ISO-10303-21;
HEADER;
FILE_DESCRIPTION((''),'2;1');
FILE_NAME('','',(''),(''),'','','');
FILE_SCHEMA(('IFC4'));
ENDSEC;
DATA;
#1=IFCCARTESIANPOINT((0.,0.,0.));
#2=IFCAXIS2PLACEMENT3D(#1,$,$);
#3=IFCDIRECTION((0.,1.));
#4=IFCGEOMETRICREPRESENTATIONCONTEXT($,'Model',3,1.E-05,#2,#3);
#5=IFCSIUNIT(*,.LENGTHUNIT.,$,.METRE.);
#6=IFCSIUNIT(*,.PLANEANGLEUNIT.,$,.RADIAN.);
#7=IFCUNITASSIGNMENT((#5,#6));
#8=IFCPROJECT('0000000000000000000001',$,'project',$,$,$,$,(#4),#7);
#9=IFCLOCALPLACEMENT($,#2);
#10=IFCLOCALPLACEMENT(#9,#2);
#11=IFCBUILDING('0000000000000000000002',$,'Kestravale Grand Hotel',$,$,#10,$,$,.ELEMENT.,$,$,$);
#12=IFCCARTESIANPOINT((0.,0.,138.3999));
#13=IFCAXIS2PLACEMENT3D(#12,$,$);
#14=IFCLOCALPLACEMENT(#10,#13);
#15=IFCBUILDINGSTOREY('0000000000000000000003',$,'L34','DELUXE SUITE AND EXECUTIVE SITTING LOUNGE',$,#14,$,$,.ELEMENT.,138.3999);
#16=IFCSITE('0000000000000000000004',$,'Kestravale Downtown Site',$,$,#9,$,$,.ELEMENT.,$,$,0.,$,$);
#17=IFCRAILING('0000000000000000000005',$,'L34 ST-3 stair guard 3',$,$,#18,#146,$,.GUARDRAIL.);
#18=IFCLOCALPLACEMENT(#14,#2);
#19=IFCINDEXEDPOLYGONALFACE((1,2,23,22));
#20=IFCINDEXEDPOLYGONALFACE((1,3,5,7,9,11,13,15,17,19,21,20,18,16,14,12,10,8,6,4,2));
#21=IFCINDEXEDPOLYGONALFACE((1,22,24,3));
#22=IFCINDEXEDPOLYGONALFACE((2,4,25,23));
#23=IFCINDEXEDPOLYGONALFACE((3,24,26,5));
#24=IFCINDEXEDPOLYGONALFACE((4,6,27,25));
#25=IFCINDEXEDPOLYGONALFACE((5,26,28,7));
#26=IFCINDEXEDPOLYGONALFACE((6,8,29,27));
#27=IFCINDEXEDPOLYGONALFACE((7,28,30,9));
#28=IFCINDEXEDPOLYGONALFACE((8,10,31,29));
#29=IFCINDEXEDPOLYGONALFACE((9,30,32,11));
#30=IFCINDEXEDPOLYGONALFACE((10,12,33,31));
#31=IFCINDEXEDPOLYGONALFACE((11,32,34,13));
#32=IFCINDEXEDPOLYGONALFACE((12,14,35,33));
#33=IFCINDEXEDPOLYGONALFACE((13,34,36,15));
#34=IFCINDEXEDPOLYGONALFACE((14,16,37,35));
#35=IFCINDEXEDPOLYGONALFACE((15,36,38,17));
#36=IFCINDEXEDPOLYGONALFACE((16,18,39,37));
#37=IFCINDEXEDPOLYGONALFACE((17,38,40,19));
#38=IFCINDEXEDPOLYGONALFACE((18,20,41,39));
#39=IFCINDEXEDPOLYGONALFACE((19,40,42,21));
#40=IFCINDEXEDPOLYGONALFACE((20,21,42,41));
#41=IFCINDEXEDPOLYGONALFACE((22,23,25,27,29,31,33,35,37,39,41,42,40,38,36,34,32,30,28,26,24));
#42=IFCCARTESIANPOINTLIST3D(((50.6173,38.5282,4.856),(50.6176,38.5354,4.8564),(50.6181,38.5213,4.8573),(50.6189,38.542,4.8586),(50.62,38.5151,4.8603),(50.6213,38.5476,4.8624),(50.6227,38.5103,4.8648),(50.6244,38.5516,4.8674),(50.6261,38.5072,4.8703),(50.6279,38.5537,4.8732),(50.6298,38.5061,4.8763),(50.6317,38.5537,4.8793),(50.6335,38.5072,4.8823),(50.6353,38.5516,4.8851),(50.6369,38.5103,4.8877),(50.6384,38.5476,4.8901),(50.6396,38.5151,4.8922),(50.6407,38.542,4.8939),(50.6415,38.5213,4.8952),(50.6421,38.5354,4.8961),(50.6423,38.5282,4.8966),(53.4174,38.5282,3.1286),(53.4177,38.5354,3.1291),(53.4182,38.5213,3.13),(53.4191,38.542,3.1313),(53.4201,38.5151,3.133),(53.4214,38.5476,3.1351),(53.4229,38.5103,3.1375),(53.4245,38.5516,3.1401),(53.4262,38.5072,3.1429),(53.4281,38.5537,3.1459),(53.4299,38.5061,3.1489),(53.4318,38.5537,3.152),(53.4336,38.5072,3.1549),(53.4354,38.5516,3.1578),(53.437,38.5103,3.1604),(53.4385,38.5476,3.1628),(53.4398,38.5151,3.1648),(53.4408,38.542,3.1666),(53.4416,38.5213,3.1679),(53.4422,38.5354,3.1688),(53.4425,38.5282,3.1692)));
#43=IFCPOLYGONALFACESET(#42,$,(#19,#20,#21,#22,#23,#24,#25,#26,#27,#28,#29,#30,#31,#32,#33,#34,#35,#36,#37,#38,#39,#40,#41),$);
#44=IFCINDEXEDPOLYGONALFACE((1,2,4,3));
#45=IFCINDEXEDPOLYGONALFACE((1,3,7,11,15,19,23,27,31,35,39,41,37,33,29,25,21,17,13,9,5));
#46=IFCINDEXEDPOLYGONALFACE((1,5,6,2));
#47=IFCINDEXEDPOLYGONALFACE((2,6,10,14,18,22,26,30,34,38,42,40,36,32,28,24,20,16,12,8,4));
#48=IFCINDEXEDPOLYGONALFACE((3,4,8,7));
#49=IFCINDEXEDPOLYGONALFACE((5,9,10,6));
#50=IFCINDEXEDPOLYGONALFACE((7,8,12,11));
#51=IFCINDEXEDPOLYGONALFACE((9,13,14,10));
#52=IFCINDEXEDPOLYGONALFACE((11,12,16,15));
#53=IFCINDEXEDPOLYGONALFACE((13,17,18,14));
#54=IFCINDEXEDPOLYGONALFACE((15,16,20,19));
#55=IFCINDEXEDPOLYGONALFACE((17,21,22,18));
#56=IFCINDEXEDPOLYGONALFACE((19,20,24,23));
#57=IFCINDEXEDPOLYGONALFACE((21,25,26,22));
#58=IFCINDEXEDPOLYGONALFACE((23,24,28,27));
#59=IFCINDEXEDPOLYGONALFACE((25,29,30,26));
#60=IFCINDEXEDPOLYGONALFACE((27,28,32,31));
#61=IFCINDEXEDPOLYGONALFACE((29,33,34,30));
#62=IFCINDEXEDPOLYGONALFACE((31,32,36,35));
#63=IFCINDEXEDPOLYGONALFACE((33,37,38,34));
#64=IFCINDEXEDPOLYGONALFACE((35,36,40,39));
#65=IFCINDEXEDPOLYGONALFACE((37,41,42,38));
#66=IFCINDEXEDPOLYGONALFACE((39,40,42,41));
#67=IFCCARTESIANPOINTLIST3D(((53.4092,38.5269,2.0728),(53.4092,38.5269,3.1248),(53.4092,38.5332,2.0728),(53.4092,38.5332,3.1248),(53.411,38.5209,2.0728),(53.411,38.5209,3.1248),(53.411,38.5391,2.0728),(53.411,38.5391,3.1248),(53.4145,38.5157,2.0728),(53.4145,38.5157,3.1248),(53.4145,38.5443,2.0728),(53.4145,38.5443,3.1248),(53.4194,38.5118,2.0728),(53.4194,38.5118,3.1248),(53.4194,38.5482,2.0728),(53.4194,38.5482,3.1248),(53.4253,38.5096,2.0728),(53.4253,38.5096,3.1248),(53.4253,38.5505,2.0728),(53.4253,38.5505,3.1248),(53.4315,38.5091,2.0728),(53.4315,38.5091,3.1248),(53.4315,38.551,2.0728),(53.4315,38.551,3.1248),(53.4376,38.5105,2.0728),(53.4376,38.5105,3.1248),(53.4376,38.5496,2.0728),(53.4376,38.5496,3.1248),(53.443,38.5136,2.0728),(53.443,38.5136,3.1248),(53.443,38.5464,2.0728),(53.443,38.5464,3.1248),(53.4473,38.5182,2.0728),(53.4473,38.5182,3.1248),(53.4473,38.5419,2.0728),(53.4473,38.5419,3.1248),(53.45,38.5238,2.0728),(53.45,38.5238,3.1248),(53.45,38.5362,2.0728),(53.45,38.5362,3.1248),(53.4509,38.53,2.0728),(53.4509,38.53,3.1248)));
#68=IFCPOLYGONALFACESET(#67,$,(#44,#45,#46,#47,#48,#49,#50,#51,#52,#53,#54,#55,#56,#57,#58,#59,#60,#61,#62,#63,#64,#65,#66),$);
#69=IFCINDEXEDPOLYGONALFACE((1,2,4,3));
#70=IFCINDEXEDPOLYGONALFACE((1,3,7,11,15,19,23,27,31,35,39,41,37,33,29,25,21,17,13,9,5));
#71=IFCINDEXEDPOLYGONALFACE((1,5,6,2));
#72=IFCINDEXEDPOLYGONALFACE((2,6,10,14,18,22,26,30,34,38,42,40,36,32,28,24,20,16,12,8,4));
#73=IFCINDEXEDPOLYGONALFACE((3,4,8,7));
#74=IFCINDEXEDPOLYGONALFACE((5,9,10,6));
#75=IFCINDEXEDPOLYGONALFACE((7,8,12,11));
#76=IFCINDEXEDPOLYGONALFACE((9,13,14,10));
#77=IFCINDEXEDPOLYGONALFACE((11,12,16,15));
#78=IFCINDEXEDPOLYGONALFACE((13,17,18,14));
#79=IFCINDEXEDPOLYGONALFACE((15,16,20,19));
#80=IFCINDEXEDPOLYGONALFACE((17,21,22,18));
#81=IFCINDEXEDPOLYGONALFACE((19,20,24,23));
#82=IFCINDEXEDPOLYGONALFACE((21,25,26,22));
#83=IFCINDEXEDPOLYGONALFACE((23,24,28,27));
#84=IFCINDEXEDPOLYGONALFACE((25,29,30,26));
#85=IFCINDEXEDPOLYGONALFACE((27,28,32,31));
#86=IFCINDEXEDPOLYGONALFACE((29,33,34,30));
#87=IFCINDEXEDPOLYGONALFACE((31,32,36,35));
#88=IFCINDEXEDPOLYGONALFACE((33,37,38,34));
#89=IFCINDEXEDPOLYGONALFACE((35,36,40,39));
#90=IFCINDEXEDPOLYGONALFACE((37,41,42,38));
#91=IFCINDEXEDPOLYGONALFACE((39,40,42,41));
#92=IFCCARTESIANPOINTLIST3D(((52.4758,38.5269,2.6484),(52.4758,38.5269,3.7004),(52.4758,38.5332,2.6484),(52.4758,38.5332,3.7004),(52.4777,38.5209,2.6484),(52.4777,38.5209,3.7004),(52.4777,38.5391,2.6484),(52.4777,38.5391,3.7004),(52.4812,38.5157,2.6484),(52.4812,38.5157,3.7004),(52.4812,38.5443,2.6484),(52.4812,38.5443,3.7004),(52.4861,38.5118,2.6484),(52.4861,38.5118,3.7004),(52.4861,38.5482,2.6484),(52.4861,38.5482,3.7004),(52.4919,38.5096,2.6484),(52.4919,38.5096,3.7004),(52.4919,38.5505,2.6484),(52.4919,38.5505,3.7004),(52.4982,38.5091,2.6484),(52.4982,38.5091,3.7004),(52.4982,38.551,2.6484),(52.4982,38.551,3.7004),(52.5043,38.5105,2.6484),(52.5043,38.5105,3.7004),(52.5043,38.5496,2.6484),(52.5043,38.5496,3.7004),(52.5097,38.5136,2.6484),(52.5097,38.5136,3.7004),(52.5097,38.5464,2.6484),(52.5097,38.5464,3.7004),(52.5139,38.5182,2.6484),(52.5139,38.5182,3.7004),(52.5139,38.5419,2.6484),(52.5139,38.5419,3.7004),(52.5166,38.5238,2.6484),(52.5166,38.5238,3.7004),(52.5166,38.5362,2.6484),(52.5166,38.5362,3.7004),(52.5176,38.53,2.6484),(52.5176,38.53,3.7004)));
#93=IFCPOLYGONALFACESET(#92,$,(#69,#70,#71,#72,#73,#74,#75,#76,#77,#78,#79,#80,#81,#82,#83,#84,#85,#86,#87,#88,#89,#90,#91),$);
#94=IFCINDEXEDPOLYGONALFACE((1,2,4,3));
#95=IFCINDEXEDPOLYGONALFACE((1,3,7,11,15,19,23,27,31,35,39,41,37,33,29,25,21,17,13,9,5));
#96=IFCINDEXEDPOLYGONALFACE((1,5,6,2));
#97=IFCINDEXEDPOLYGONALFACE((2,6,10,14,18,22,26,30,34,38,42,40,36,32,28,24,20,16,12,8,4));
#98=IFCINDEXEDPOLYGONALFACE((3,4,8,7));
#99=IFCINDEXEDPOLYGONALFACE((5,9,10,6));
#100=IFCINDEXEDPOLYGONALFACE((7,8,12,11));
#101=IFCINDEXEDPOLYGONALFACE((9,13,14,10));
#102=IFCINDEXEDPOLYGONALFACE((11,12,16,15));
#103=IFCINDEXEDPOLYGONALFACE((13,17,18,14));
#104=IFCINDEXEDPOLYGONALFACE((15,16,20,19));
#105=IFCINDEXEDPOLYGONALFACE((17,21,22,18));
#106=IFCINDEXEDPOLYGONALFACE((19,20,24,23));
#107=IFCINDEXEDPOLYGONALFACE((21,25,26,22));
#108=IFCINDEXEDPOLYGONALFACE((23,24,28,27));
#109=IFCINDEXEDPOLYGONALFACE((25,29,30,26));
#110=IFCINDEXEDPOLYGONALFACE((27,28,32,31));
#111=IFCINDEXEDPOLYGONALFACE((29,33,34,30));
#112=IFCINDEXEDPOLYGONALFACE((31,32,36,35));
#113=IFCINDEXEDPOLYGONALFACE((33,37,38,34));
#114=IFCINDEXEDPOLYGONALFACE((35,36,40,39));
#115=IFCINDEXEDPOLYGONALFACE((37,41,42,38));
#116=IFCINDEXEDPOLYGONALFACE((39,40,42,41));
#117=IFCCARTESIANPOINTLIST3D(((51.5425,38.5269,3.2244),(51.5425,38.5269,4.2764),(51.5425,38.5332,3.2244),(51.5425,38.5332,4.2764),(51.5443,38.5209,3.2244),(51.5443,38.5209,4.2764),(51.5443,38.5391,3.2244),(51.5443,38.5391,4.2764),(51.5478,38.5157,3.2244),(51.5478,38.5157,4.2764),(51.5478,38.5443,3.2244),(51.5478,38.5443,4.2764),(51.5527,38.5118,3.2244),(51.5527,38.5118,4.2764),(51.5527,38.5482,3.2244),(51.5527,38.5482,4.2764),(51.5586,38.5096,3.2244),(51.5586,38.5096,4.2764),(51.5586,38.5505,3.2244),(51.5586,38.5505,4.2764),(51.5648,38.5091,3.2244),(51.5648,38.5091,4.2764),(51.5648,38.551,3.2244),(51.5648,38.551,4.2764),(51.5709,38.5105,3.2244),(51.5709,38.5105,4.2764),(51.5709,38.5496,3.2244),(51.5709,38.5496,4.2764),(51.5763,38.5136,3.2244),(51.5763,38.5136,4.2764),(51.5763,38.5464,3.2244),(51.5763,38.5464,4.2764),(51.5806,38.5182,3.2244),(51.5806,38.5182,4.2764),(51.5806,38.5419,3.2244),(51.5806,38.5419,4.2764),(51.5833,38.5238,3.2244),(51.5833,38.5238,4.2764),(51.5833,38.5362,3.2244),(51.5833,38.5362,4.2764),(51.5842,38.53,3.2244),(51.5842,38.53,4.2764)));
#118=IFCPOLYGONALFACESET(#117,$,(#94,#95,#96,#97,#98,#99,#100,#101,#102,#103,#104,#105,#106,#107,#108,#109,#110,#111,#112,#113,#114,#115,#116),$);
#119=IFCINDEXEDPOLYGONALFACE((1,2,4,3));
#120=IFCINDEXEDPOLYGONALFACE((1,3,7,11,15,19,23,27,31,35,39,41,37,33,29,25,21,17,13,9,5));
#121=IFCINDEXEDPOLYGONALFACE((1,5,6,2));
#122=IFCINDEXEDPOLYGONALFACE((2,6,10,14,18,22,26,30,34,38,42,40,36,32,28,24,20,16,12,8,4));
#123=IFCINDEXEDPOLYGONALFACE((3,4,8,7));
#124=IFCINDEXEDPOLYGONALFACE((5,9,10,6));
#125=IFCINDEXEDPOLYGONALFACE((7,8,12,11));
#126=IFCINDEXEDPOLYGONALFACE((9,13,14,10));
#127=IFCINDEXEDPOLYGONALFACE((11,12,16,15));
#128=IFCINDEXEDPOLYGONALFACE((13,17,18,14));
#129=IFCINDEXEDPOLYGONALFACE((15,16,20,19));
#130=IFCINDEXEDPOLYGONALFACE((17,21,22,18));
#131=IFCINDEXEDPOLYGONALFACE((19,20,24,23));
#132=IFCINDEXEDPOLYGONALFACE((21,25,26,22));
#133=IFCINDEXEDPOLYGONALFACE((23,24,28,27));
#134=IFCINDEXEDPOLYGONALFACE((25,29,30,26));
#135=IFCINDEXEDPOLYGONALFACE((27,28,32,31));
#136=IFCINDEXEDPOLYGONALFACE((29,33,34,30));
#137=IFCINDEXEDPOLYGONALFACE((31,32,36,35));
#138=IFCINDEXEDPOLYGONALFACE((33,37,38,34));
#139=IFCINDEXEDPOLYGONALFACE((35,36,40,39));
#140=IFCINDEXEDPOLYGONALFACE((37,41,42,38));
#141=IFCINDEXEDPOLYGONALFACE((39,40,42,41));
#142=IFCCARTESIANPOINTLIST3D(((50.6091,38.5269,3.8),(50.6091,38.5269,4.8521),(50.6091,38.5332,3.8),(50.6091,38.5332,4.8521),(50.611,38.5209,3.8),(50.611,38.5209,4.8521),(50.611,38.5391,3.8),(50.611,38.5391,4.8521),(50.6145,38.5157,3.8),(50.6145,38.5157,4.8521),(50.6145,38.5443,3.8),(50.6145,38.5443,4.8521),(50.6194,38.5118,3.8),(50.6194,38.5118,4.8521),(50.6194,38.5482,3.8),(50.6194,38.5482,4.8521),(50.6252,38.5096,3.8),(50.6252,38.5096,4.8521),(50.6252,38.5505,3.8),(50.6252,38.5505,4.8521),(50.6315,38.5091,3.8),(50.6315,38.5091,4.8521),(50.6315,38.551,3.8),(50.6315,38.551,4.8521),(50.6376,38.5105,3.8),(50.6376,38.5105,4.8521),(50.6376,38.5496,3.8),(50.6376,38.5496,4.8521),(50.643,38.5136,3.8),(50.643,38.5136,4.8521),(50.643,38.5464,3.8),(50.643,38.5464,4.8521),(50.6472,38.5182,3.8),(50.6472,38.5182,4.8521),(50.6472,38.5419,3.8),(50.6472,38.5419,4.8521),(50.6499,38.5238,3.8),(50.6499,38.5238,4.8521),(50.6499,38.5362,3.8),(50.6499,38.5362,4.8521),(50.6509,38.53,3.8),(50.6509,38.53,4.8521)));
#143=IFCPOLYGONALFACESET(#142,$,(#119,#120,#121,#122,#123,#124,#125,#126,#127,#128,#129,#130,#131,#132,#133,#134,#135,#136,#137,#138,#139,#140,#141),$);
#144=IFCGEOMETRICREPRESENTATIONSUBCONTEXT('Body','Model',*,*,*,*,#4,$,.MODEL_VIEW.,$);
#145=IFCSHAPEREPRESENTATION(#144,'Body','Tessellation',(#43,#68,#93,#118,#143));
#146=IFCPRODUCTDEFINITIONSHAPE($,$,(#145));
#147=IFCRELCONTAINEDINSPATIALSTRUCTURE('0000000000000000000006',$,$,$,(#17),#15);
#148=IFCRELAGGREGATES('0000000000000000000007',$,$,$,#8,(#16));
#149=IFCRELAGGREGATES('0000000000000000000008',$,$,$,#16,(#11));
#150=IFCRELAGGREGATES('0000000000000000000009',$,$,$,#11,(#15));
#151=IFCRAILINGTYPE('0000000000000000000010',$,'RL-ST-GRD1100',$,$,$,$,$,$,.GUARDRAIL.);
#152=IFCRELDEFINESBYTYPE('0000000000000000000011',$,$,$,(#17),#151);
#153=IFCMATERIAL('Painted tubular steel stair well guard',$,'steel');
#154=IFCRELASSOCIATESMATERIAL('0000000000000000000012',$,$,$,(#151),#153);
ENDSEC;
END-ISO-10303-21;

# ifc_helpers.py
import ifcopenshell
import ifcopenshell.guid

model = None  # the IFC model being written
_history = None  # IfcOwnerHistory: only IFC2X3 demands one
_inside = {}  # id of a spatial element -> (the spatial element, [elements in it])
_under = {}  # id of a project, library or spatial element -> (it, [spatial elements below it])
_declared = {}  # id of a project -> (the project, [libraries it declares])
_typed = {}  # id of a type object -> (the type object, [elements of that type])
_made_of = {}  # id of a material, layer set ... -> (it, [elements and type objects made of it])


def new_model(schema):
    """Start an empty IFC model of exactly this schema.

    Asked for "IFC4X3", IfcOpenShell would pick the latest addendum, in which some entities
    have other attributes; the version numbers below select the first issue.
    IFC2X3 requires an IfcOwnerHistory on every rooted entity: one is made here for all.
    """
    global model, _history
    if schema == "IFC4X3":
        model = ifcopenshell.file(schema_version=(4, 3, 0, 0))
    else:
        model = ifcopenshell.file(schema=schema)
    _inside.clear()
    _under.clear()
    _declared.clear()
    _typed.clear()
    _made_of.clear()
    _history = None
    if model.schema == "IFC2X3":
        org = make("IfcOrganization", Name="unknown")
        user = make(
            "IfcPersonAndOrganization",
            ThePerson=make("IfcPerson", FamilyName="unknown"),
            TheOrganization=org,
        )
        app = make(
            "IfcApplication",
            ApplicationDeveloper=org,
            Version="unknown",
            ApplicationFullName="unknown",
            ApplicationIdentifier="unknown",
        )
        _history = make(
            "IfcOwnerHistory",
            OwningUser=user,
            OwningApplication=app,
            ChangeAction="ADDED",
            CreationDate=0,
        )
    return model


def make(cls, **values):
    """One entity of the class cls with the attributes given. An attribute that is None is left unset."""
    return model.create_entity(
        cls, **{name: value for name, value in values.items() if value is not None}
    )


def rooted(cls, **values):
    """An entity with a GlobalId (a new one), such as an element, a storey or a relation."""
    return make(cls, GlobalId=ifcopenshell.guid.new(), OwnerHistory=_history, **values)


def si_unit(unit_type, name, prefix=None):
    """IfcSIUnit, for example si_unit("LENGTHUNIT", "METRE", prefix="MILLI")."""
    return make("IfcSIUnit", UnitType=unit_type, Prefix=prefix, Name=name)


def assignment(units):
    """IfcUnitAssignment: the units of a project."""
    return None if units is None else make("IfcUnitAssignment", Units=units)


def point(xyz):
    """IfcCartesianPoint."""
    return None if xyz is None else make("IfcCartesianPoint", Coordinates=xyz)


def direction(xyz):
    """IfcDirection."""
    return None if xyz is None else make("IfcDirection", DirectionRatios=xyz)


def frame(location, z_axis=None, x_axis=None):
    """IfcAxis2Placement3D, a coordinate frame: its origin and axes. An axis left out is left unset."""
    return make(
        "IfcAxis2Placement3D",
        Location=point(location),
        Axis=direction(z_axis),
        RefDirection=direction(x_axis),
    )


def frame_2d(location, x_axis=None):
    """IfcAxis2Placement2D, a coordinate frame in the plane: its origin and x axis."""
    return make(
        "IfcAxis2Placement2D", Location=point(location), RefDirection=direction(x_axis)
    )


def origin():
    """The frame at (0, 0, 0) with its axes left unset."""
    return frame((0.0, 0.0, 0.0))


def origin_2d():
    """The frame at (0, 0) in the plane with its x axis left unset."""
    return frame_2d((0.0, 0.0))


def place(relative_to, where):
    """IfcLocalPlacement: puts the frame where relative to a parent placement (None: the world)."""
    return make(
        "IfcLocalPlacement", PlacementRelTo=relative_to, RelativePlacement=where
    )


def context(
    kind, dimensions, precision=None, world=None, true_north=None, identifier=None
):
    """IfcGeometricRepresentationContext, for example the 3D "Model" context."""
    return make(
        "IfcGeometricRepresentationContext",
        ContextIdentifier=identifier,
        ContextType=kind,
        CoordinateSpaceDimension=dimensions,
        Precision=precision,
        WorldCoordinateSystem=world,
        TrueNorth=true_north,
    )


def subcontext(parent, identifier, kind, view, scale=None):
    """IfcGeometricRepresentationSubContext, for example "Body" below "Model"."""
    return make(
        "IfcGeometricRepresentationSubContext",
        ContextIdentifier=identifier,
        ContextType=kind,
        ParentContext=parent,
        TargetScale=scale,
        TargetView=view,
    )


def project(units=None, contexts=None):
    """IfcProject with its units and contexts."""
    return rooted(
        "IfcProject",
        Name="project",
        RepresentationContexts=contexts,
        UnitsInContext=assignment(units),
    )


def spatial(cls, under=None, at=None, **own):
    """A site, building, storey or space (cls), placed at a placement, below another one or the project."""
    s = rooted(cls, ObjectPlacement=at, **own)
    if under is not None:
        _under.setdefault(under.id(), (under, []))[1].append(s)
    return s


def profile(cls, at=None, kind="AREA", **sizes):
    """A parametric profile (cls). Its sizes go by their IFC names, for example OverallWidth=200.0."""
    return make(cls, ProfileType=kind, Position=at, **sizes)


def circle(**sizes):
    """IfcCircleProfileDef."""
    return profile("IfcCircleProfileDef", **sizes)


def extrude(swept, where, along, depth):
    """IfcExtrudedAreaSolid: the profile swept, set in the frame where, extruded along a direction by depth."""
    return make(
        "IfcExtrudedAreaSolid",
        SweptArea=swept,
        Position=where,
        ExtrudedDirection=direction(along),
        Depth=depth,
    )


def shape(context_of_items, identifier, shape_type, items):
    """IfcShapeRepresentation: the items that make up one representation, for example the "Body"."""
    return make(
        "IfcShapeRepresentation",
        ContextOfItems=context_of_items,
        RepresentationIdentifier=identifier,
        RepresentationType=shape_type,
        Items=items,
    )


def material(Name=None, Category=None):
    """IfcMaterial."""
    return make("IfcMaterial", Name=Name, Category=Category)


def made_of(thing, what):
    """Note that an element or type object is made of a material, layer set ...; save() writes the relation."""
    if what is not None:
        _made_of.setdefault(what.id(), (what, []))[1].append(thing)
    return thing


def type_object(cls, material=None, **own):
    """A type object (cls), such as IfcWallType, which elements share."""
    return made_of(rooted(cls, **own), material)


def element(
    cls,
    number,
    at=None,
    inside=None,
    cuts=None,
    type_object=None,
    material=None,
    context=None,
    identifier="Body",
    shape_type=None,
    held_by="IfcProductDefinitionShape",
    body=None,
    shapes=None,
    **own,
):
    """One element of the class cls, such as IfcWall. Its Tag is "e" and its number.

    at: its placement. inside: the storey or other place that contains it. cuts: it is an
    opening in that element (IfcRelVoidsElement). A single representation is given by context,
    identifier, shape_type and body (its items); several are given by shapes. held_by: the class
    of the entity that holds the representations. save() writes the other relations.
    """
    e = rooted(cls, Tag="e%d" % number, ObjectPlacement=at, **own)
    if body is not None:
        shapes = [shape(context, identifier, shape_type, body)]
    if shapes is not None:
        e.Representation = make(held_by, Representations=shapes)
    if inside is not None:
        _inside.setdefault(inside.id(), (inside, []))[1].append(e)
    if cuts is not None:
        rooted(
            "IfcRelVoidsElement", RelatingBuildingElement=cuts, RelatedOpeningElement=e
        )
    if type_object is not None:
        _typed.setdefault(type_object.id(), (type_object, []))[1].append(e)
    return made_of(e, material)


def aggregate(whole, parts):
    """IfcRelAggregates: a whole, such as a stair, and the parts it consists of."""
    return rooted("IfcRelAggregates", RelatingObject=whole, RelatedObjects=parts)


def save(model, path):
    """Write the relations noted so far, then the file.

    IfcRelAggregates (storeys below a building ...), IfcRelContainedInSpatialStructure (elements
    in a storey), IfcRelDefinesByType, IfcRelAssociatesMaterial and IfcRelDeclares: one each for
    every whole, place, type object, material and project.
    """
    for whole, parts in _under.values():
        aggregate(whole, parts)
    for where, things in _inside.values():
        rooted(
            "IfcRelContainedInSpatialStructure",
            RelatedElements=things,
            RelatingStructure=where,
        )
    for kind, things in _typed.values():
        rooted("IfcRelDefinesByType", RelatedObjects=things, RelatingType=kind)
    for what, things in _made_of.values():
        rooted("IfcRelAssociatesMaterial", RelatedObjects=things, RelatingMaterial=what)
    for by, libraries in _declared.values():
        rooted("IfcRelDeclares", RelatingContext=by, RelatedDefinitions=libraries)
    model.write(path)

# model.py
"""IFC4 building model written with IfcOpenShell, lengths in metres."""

from ifc_helpers import new_model, si_unit, direction, frame, origin, origin_2d, place, context, subcontext, project, spatial, circle, extrude, material, type_object, element, save


model = new_model("IFC4")

# Units and contexts
model_context = context("Model", 3, precision=1e-05, world=origin(), true_north=direction((0.0, 1.0)))
body_context = subcontext(model_context, "Body", "Model", "MODEL_VIEW")
ifc_project = project(units=[si_unit("LENGTHUNIT", "METRE"), si_unit("PLANEANGLEUNIT", "RADIAN")], contexts=[model_context])

# Site, building, storey
site_placement = place(None, origin())
site = spatial("IfcSite", under=ifc_project, at=site_placement, Name="Kestravale Downtown Site", CompositionType="ELEMENT", RefElevation=0.0)
building_placement = place(site_placement, origin())
building = spatial("IfcBuilding", under=site, at=building_placement, Name="Kestravale Grand Hotel", CompositionType="ELEMENT")
storey_placement = place(building_placement, frame((0.0, 0.0, 138.3999)))
storey = spatial("IfcBuildingStorey", under=building, at=storey_placement, Name="L34", Description="DELUXE SUITE AND EXECUTIVE SITTING LOUNGE", CompositionType="ELEMENT", Elevation=138.3999)

# Railing
ifc_material_1 = material(Name="Painted tubular steel stair well guard", Category="steel")
railing_type_1 = type_object("IfcRailingType", Name="RL-ST-GRD1100", PredefinedType="GUARDRAIL", material=ifc_material_1)
railing_1_placement = place(storey_placement, frame((53.4299, 38.53, 2.0728)))
element("IfcRailing", 1, at=railing_1_placement, inside=storey, type_object=railing_type_1, Name="L34 ST-3 stair guard 3", PredefinedType="GUARDRAIL", context=body_context, shape_type="SweptSolid", body=[
    extrude(circle(Radius=0.0239, at=origin_2d()), frame((0.0, 0.0, 1.0762), z_axis=(-0.85109, 0.0, 0.52502), x_axis=(0.0, -1.0, 0.0)), (0.0, 0.0, 1.0), 3.29),
    extrude(circle(Radius=0.021, at=origin_2d()), origin(), (0.0, 0.0, 1.0), 1.052),
    extrude(circle(Radius=0.021, at=origin_2d()), frame((-0.9333, 0.0, 0.5757)), (0.0, 0.0, 1.0), 1.052),
    extrude(circle(Radius=0.021, at=origin_2d()), frame((-1.8667, 0.0, 1.1516)), (0.0, 0.0, 1.0), 1.052),
    extrude(circle(Radius=0.021, at=origin_2d()), frame((-2.8, 0.0, 1.7273)), (0.0, 0.0, 1.0), 1.052),
])

save(model, "model.ifc")
